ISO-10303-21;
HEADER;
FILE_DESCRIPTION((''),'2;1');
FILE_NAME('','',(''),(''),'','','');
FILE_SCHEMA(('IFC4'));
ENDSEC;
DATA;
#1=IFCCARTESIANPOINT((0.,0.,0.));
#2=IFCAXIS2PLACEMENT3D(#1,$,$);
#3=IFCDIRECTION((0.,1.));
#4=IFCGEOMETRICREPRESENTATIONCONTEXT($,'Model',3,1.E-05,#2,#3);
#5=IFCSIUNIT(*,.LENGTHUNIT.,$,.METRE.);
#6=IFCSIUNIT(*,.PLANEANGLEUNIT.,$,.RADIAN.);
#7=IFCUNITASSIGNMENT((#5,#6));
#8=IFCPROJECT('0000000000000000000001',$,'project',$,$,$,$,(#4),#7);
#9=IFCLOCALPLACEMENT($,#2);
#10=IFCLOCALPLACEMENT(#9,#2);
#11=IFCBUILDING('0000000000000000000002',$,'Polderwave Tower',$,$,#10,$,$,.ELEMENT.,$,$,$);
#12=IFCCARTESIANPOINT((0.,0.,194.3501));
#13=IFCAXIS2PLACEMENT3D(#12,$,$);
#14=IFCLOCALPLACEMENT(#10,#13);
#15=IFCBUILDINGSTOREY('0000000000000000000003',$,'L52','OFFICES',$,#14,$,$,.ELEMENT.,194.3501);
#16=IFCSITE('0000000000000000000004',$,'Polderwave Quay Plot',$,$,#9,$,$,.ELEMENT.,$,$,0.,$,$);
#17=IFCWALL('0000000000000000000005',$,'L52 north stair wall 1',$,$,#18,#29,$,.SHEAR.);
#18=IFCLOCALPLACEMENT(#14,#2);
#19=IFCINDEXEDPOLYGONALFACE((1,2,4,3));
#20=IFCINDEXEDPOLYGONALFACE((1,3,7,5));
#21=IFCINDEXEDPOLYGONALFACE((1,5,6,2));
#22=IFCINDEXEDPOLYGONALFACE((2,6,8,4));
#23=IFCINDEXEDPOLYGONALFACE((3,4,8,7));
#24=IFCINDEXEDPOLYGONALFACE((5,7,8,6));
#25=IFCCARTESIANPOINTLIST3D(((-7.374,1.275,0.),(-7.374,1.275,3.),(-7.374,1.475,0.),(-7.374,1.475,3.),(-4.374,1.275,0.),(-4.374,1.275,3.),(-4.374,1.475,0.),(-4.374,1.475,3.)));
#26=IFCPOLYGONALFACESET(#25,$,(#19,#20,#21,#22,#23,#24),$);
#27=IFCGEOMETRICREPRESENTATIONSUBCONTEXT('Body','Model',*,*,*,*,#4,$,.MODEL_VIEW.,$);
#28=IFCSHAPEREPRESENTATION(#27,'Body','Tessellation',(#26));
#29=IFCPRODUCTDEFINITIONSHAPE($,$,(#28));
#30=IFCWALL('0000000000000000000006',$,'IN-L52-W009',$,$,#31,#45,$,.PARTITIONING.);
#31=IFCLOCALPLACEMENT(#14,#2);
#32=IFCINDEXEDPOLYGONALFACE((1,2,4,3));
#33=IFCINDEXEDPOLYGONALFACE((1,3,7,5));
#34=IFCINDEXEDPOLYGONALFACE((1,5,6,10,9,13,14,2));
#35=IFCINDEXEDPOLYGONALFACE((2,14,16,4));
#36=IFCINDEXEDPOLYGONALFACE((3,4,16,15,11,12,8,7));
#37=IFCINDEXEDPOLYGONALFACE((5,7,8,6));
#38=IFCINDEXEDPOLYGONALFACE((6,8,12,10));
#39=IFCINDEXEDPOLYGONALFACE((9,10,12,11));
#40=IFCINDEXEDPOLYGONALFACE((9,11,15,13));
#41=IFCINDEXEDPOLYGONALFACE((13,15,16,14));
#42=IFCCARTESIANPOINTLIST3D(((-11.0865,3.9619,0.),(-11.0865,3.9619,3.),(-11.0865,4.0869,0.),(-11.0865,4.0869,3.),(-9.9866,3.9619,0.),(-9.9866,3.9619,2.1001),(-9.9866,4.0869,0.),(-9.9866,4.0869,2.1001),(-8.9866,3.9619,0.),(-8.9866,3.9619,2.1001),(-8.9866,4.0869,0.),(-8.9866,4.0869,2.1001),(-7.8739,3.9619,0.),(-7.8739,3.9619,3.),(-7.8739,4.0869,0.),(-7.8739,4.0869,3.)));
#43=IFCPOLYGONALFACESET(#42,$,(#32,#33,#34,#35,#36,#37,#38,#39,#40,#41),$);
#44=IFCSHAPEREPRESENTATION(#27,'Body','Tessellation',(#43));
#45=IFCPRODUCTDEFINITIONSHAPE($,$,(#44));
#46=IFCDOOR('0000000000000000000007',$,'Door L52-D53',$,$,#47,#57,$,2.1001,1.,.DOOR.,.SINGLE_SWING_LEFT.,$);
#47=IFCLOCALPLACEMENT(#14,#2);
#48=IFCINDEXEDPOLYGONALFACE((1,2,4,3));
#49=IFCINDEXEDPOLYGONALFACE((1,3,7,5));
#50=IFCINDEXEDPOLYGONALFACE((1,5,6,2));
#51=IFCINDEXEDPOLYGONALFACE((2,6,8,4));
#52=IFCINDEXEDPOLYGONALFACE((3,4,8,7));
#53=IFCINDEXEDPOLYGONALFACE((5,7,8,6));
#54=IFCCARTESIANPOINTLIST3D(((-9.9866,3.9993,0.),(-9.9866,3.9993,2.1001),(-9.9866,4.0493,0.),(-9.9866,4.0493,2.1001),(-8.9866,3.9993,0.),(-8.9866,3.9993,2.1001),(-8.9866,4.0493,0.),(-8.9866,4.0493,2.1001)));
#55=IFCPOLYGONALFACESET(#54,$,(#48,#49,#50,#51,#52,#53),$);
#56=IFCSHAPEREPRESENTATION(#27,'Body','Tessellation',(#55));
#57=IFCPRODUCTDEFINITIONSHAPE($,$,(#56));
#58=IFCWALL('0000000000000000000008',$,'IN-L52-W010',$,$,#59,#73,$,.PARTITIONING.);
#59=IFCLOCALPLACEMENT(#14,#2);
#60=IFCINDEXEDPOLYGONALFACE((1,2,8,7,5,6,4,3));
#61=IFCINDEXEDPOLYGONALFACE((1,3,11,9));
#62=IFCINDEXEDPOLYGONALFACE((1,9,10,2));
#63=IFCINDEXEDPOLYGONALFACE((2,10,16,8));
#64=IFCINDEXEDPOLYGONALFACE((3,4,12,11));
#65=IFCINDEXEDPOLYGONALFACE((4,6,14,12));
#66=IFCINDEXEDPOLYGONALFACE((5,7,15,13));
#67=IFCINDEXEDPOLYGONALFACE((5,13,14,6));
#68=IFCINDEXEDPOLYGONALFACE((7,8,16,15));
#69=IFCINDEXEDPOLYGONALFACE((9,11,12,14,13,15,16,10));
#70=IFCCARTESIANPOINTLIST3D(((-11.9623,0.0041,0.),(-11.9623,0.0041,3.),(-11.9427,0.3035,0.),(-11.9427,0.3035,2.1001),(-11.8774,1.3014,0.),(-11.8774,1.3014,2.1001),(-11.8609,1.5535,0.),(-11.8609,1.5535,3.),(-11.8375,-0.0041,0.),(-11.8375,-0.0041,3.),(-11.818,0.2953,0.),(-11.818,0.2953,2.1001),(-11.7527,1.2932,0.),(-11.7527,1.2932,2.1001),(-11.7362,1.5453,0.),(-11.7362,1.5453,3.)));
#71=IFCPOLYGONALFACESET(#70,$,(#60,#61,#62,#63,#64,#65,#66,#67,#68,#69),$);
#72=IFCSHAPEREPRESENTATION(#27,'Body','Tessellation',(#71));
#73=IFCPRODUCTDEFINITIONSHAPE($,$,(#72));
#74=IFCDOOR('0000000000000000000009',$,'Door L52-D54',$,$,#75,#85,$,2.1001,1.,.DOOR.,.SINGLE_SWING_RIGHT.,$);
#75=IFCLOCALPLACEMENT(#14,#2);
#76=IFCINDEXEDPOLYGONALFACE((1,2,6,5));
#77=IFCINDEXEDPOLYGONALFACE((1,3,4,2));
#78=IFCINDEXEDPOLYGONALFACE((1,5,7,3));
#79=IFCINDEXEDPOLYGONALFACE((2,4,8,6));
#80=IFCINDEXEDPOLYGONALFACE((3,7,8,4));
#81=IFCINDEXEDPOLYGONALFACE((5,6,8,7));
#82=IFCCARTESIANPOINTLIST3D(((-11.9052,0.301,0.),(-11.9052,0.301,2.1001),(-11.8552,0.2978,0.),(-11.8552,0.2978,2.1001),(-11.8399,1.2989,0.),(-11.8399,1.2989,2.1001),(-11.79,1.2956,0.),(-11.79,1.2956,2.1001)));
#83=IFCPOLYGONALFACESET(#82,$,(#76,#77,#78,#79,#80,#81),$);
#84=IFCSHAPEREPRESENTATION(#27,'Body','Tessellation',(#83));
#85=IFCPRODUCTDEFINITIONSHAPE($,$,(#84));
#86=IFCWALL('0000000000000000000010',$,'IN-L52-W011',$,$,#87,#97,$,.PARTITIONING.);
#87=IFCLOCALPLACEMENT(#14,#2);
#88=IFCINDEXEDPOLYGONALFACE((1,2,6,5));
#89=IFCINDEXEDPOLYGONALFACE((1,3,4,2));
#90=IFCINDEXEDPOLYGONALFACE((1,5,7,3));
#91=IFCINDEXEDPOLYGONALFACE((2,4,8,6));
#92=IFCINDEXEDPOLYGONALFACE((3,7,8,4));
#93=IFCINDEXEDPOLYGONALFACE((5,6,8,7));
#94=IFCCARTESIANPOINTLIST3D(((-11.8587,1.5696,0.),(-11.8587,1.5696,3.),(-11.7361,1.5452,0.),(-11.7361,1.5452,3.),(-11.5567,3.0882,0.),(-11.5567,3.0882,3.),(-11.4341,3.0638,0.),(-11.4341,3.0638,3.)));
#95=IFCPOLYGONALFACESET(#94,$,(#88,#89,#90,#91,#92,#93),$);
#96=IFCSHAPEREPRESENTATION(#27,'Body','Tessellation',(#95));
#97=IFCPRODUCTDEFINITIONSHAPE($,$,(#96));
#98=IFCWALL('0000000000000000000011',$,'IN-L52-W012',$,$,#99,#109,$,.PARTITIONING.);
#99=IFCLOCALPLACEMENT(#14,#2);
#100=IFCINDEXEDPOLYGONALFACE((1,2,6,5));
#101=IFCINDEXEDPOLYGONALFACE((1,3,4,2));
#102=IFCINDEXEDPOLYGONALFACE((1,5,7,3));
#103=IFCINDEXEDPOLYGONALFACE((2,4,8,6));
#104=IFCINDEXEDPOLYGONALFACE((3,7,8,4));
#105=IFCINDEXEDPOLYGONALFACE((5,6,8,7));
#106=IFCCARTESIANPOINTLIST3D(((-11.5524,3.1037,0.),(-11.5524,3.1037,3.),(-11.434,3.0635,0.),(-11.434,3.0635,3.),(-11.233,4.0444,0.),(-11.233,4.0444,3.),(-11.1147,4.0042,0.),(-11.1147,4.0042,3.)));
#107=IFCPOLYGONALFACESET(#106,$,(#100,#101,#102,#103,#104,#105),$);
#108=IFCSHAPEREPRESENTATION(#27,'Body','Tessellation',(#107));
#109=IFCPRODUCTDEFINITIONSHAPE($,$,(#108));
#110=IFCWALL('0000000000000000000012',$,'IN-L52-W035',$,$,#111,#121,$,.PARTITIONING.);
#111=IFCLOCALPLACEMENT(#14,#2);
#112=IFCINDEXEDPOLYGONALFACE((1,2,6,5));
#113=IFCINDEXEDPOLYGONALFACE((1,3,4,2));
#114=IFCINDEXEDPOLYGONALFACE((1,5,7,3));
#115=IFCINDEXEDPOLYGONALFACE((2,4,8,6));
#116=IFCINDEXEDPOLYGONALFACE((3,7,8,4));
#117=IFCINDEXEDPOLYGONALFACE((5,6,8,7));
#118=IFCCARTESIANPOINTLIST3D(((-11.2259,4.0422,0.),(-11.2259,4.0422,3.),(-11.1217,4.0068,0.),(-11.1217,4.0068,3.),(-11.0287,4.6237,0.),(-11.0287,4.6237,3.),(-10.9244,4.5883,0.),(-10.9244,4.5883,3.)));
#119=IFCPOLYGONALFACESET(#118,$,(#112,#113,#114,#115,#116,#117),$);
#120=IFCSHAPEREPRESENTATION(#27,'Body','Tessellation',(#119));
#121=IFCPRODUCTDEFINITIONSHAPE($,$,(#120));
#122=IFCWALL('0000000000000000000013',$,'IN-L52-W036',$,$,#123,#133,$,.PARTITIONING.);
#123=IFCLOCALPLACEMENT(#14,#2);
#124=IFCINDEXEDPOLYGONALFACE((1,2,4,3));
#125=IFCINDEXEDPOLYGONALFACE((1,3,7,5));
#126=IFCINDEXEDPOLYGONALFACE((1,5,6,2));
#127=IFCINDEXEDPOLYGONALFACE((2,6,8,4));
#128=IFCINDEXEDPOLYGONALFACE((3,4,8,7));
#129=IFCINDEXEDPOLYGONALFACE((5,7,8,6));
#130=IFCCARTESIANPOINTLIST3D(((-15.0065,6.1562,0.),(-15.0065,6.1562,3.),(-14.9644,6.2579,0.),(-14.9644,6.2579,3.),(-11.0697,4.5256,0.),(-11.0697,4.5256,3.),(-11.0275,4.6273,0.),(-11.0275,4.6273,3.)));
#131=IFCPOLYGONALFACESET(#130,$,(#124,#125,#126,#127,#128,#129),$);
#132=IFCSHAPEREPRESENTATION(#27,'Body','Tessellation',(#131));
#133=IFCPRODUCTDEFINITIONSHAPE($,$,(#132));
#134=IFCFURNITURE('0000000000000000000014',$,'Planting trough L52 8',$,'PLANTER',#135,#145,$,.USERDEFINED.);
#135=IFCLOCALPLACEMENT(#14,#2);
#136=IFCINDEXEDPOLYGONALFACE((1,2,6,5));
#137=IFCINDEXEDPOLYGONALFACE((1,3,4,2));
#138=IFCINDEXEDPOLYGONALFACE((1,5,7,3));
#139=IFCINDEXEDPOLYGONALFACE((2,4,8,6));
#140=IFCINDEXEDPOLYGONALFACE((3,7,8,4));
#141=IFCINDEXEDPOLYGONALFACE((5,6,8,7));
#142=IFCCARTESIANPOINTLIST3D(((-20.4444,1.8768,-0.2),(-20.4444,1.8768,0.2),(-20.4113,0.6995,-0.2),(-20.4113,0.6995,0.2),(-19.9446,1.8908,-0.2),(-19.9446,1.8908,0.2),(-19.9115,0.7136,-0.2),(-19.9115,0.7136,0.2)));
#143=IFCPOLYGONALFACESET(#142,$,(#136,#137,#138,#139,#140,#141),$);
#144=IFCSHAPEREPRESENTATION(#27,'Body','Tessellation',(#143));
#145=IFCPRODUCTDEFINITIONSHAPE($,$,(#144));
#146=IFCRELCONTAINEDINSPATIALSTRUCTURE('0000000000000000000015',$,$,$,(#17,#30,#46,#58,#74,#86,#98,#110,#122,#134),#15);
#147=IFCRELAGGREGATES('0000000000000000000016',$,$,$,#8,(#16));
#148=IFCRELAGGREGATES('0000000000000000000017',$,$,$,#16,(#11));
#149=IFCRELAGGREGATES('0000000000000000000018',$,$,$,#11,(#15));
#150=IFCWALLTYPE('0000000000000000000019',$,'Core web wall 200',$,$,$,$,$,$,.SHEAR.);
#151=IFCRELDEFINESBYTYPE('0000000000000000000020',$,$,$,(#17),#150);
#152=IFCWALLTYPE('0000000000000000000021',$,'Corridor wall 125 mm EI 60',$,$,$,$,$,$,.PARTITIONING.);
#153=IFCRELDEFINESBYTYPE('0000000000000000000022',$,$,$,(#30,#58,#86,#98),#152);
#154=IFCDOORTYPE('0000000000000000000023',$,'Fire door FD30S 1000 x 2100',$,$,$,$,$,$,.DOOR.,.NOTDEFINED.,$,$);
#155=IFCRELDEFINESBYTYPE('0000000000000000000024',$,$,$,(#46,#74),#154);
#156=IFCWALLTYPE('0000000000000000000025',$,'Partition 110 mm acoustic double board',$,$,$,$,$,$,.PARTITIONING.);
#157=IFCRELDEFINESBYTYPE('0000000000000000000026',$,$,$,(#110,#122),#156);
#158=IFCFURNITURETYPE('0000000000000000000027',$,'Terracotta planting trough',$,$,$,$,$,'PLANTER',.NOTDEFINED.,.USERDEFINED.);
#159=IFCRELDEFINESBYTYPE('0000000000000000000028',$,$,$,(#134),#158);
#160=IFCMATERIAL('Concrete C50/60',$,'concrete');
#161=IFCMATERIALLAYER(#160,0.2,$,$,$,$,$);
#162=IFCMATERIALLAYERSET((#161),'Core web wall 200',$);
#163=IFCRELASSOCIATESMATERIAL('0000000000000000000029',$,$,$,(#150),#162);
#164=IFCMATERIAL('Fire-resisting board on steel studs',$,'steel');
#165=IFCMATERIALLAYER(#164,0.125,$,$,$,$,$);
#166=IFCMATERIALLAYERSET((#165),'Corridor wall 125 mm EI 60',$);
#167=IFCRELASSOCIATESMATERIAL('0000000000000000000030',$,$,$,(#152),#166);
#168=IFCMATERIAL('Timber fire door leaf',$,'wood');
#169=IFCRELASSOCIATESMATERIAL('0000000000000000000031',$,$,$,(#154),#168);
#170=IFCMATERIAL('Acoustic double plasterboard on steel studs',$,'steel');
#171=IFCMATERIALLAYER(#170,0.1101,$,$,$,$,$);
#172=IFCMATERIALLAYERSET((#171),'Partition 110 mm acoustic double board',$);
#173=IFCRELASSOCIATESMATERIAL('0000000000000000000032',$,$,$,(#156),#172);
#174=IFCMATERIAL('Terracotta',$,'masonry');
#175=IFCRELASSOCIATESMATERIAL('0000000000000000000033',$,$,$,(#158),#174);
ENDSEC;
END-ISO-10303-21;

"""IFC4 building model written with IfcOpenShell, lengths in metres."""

from ifc_helpers import new_model, si_unit, direction, frame, frame_2d, origin, origin_2d, place, context, subcontext, project, spatial, rectangle, extrude, material, layer, layer_set, type_object, element, fill, save


model = new_model("IFC4")

# Units and contexts
model_context = context("Model", 3, precision=1e-05, world=origin(), true_north=direction((0.0, 1.0)))
body_context = subcontext(model_context, "Body", "Model", "MODEL_VIEW")
ifc_project = project(units=[si_unit("LENGTHUNIT", "METRE"), si_unit("PLANEANGLEUNIT", "RADIAN")], contexts=[model_context])

# Site, building, storey
site_placement = place(None, origin())
site = spatial("IfcSite", under=ifc_project, at=site_placement, Name="Polderwave Quay Plot", CompositionType="ELEMENT", RefElevation=0.0)
building_placement = place(site_placement, origin())
building = spatial("IfcBuilding", under=site, at=building_placement, Name="Polderwave Tower", CompositionType="ELEMENT")
storey_placement = place(building_placement, frame((0.0, 0.0, 194.3501)))
storey = spatial("IfcBuildingStorey", under=building, at=storey_placement, Name="L52", Description="OFFICES", CompositionType="ELEMENT", Elevation=194.3501)

# Wall
ifc_material_1 = material(Name="Concrete C50/60", Category="concrete")
ifc_layer_1 = layer(ifc_material_1, 0.2)
ifc_layer_set_1 = layer_set([ifc_layer_1], Name="Core web wall 200")
wall_type_1 = type_object("IfcWallType", Name="Core web wall 200", PredefinedType="SHEAR", material=ifc_layer_set_1)
wall_1_placement = place(storey_placement, frame((-7.374, 1.375, 0.0), z_axis=(0.0, 0.0, 1.0), x_axis=(1.0, 0.0, 0.0)))
element("IfcWall", 1, at=wall_1_placement, inside=storey, type_object=wall_type_1, Name="L52 north stair wall 1", PredefinedType="SHEAR", context=body_context, shape_type="SweptSolid", body=[
    extrude(rectangle(XDim=3.0, YDim=0.2, at=frame_2d((1.5, 0.0))), origin(), (0.0, 0.0, 1.0), 3.0),
])

# Walls, openings, doors
ifc_material_2 = material(Name="Fire-resisting board on steel studs", Category="steel")
ifc_layer_2 = layer(ifc_material_2, 0.125)
ifc_layer_set_2 = layer_set([ifc_layer_2], Name="Corridor wall 125 mm EI 60")
wall_type_2 = type_object("IfcWallType", Name="Corridor wall 125 mm EI 60", PredefinedType="PARTITIONING", material=ifc_layer_set_2)
wall_2_placement = place(storey_placement, frame((-11.0867, 4.0244, 0.0), z_axis=(0.0, 0.0, 1.0), x_axis=(1.0, 0.0, 0.0)))
wall_2 = element("IfcWall", 2, at=wall_2_placement, inside=storey, type_object=wall_type_2, Name="IN-L52-W009", PredefinedType="PARTITIONING", context=body_context, shape_type="SweptSolid", body=[
    extrude(rectangle(XDim=3.2126, YDim=0.125, at=frame_2d((1.6064, 0.0))), origin(), (0.0, 0.0, 1.0), 3.0),
])
opening_1_placement = place(wall_2_placement, frame((1.1001, 0.0, 0.0)))
opening_1 = element("IfcOpeningElement", 3, at=opening_1_placement, cuts=wall_2, PredefinedType="OPENING", context=body_context, shape_type="SweptSolid", body=[
    extrude(rectangle(XDim=1.0, YDim=2.1001, at=frame_2d((0.5, 1.05))), frame((0.0, 0.0725, 0.0), z_axis=(0.0, -1.0, 0.0), x_axis=(1.0, 0.0, 0.0)), (0.0, 0.0, 1.0), 0.145),
])
ifc_material_3 = material(Name="Timber fire door leaf", Category="wood")
door_type = type_object("IfcDoorType", Name="Fire door FD30S 1000 x 2100", OperationType="NOTDEFINED", PredefinedType="DOOR", material=ifc_material_3)
door_1_placement = place(opening_1_placement, origin())
door_1 = element("IfcDoor", 4, at=door_1_placement, inside=storey, type_object=door_type, Name="Door L52-D53", OperationType="SINGLE_SWING_LEFT", OverallHeight=2.1001, OverallWidth=1.0, PredefinedType="DOOR", context=body_context, shape_type="SweptSolid", body=[
    extrude(rectangle(XDim=1.0, YDim=2.1001, at=frame_2d((0.5, 1.05))), frame((0.0, 0.0249, 0.0), z_axis=(0.0, -1.0, 0.0), x_axis=(1.0, 0.0, 0.0)), (0.0, 0.0, 1.0), 0.05),
])
fill(opening_1, door_1)
wall_3_placement = place(storey_placement, frame((-11.8999, 0.0, 0.0), z_axis=(0.0, 0.0, 1.0), x_axis=(0.065256, 0.997869, 0.0)))
wall_3 = element("IfcWall", 5, at=wall_3_placement, inside=storey, type_object=wall_type_2, Name="IN-L52-W010", PredefinedType="PARTITIONING", context=body_context, shape_type="SweptSolid", body=[
    extrude(rectangle(XDim=1.5527, YDim=0.125, at=frame_2d((0.7764, 0.0))), origin(), (0.0, 0.0, 1.0), 3.0),
])
opening_2_placement = place(wall_3_placement, frame((0.3, 0.0, 0.0)))
opening_2 = element("IfcOpeningElement", 6, at=opening_2_placement, cuts=wall_3, PredefinedType="OPENING", context=body_context, shape_type="SweptSolid", body=[
    extrude(rectangle(XDim=1.0, YDim=2.1001, at=frame_2d((0.5, 1.05))), frame((0.0, 0.0725, 0.0), z_axis=(0.0, -1.0, 0.0), x_axis=(1.0, 0.0, 0.0)), (0.0, 0.0, 1.0), 0.145),
])
door_2_placement = place(opening_2_placement, origin())
door_2 = element("IfcDoor", 7, at=door_2_placement, inside=storey, type_object=door_type, Name="Door L52-D54", OperationType="SINGLE_SWING_RIGHT", OverallHeight=2.1001, OverallWidth=1.0, PredefinedType="DOOR", context=body_context, shape_type="SweptSolid", body=[
    extrude(rectangle(XDim=1.0, YDim=2.1001, at=frame_2d((0.5, 1.05))), frame((0.0, 0.0249, 0.0), z_axis=(0.0, -1.0, 0.0), x_axis=(1.0, 0.0, 0.0)), (0.0, 0.0, 1.0), 0.05),
])
fill(opening_2, door_2)

# Walls
wall_4_placement = place(storey_placement, frame((-11.7974, 1.5574, 0.0), z_axis=(0.0, 0.0, 1.0), x_axis=(0.195055, 0.980792, 0.0)))
element("IfcWall", 8, at=wall_4_placement, inside=storey, type_object=wall_type_2, Name="IN-L52-W011", PredefinedType="PARTITIONING", context=body_context, shape_type="SweptSolid", body=[
    extrude(rectangle(XDim=1.5483, YDim=0.125, at=frame_2d((0.7742, 0.0))), origin(), (0.0, 0.0, 1.0), 3.0),
])
wall_5_placement = place(storey_placement, frame((-11.4932, 3.0837, 0.0), z_axis=(0.0, 0.0, 1.0), x_axis=(0.321458, 0.946924, 0.0)))
element("IfcWall", 9, at=wall_5_placement, inside=storey, type_object=wall_type_2, Name="IN-L52-W012", PredefinedType="PARTITIONING", context=body_context, shape_type="SweptSolid", body=[
    extrude(rectangle(XDim=0.9934, YDim=0.125, at=frame_2d((0.4966, 0.0))), origin(), (0.0, 0.0, 1.0), 3.0),
])
ifc_material_4 = material(Name="Acoustic double plasterboard on steel studs", Category="steel")
ifc_layer_3 = layer(ifc_material_4, 0.1101)
ifc_layer_set_3 = layer_set([ifc_layer_3], Name="Partition 110 mm acoustic double board")
wall_type_3 = type_object("IfcWallType", Name="Partition 110 mm acoustic double board", PredefinedType="PARTITIONING", material=ifc_layer_set_3)
wall_6_placement = place(storey_placement, frame((-11.1738, 4.0244, 0.0), z_axis=(0.0, 0.0, 1.0), x_axis=(0.321233, 0.947, 0.0)))
element("IfcWall", 10, at=wall_6_placement, inside=storey, type_object=wall_type_3, Name="IN-L52-W035", PredefinedType="PARTITIONING", context=body_context, shape_type="SweptSolid", body=[
    extrude(rectangle(XDim=0.614, YDim=0.1101, at=frame_2d((0.3071, 0.0))), origin(), (0.0, 0.0, 1.0), 3.0),
])
wall_7_placement = place(storey_placement, frame((-11.0486, 4.5764, 0.0), z_axis=(0.0, 0.0, 1.0), x_axis=(-0.923883, 0.382674, 0.0)))
element("IfcWall", 11, at=wall_7_placement, inside=storey, type_object=wall_type_3, Name="IN-L52-W036", PredefinedType="PARTITIONING", context=body_context, shape_type="SweptSolid", body=[
    extrude(rectangle(XDim=4.2612, YDim=0.1101, at=frame_2d((2.1306, 0.0))), origin(), (0.0, 0.0, 1.0), 3.0),
])

# Furniture
ifc_material_5 = material(Name="Terracotta", Category="masonry")
furniture_type = type_object("IfcFurnitureType", Name="Terracotta planting trough", ElementType="PLANTER", AssemblyPlace="NOTDEFINED", PredefinedType="USERDEFINED", material=ifc_material_5)
furniture_placement = place(storey_placement, frame((-20.178, 1.2952, -0.2), z_axis=(0.0, 0.0, 1.0), x_axis=(0.028112, -0.999605, 0.0)))
element("IfcFurniture", 12, at=furniture_placement, inside=storey, type_object=furniture_type, Name="Planting trough L52 8", ObjectType="PLANTER", PredefinedType="USERDEFINED", context=body_context, shape_type="SweptSolid", body=[
    extrude(rectangle(XDim=1.1777, YDim=0.5, at=origin_2d()), origin(), (0.0, 0.0, 1.0), 0.3999),
])

save(model, "model.ifc")
